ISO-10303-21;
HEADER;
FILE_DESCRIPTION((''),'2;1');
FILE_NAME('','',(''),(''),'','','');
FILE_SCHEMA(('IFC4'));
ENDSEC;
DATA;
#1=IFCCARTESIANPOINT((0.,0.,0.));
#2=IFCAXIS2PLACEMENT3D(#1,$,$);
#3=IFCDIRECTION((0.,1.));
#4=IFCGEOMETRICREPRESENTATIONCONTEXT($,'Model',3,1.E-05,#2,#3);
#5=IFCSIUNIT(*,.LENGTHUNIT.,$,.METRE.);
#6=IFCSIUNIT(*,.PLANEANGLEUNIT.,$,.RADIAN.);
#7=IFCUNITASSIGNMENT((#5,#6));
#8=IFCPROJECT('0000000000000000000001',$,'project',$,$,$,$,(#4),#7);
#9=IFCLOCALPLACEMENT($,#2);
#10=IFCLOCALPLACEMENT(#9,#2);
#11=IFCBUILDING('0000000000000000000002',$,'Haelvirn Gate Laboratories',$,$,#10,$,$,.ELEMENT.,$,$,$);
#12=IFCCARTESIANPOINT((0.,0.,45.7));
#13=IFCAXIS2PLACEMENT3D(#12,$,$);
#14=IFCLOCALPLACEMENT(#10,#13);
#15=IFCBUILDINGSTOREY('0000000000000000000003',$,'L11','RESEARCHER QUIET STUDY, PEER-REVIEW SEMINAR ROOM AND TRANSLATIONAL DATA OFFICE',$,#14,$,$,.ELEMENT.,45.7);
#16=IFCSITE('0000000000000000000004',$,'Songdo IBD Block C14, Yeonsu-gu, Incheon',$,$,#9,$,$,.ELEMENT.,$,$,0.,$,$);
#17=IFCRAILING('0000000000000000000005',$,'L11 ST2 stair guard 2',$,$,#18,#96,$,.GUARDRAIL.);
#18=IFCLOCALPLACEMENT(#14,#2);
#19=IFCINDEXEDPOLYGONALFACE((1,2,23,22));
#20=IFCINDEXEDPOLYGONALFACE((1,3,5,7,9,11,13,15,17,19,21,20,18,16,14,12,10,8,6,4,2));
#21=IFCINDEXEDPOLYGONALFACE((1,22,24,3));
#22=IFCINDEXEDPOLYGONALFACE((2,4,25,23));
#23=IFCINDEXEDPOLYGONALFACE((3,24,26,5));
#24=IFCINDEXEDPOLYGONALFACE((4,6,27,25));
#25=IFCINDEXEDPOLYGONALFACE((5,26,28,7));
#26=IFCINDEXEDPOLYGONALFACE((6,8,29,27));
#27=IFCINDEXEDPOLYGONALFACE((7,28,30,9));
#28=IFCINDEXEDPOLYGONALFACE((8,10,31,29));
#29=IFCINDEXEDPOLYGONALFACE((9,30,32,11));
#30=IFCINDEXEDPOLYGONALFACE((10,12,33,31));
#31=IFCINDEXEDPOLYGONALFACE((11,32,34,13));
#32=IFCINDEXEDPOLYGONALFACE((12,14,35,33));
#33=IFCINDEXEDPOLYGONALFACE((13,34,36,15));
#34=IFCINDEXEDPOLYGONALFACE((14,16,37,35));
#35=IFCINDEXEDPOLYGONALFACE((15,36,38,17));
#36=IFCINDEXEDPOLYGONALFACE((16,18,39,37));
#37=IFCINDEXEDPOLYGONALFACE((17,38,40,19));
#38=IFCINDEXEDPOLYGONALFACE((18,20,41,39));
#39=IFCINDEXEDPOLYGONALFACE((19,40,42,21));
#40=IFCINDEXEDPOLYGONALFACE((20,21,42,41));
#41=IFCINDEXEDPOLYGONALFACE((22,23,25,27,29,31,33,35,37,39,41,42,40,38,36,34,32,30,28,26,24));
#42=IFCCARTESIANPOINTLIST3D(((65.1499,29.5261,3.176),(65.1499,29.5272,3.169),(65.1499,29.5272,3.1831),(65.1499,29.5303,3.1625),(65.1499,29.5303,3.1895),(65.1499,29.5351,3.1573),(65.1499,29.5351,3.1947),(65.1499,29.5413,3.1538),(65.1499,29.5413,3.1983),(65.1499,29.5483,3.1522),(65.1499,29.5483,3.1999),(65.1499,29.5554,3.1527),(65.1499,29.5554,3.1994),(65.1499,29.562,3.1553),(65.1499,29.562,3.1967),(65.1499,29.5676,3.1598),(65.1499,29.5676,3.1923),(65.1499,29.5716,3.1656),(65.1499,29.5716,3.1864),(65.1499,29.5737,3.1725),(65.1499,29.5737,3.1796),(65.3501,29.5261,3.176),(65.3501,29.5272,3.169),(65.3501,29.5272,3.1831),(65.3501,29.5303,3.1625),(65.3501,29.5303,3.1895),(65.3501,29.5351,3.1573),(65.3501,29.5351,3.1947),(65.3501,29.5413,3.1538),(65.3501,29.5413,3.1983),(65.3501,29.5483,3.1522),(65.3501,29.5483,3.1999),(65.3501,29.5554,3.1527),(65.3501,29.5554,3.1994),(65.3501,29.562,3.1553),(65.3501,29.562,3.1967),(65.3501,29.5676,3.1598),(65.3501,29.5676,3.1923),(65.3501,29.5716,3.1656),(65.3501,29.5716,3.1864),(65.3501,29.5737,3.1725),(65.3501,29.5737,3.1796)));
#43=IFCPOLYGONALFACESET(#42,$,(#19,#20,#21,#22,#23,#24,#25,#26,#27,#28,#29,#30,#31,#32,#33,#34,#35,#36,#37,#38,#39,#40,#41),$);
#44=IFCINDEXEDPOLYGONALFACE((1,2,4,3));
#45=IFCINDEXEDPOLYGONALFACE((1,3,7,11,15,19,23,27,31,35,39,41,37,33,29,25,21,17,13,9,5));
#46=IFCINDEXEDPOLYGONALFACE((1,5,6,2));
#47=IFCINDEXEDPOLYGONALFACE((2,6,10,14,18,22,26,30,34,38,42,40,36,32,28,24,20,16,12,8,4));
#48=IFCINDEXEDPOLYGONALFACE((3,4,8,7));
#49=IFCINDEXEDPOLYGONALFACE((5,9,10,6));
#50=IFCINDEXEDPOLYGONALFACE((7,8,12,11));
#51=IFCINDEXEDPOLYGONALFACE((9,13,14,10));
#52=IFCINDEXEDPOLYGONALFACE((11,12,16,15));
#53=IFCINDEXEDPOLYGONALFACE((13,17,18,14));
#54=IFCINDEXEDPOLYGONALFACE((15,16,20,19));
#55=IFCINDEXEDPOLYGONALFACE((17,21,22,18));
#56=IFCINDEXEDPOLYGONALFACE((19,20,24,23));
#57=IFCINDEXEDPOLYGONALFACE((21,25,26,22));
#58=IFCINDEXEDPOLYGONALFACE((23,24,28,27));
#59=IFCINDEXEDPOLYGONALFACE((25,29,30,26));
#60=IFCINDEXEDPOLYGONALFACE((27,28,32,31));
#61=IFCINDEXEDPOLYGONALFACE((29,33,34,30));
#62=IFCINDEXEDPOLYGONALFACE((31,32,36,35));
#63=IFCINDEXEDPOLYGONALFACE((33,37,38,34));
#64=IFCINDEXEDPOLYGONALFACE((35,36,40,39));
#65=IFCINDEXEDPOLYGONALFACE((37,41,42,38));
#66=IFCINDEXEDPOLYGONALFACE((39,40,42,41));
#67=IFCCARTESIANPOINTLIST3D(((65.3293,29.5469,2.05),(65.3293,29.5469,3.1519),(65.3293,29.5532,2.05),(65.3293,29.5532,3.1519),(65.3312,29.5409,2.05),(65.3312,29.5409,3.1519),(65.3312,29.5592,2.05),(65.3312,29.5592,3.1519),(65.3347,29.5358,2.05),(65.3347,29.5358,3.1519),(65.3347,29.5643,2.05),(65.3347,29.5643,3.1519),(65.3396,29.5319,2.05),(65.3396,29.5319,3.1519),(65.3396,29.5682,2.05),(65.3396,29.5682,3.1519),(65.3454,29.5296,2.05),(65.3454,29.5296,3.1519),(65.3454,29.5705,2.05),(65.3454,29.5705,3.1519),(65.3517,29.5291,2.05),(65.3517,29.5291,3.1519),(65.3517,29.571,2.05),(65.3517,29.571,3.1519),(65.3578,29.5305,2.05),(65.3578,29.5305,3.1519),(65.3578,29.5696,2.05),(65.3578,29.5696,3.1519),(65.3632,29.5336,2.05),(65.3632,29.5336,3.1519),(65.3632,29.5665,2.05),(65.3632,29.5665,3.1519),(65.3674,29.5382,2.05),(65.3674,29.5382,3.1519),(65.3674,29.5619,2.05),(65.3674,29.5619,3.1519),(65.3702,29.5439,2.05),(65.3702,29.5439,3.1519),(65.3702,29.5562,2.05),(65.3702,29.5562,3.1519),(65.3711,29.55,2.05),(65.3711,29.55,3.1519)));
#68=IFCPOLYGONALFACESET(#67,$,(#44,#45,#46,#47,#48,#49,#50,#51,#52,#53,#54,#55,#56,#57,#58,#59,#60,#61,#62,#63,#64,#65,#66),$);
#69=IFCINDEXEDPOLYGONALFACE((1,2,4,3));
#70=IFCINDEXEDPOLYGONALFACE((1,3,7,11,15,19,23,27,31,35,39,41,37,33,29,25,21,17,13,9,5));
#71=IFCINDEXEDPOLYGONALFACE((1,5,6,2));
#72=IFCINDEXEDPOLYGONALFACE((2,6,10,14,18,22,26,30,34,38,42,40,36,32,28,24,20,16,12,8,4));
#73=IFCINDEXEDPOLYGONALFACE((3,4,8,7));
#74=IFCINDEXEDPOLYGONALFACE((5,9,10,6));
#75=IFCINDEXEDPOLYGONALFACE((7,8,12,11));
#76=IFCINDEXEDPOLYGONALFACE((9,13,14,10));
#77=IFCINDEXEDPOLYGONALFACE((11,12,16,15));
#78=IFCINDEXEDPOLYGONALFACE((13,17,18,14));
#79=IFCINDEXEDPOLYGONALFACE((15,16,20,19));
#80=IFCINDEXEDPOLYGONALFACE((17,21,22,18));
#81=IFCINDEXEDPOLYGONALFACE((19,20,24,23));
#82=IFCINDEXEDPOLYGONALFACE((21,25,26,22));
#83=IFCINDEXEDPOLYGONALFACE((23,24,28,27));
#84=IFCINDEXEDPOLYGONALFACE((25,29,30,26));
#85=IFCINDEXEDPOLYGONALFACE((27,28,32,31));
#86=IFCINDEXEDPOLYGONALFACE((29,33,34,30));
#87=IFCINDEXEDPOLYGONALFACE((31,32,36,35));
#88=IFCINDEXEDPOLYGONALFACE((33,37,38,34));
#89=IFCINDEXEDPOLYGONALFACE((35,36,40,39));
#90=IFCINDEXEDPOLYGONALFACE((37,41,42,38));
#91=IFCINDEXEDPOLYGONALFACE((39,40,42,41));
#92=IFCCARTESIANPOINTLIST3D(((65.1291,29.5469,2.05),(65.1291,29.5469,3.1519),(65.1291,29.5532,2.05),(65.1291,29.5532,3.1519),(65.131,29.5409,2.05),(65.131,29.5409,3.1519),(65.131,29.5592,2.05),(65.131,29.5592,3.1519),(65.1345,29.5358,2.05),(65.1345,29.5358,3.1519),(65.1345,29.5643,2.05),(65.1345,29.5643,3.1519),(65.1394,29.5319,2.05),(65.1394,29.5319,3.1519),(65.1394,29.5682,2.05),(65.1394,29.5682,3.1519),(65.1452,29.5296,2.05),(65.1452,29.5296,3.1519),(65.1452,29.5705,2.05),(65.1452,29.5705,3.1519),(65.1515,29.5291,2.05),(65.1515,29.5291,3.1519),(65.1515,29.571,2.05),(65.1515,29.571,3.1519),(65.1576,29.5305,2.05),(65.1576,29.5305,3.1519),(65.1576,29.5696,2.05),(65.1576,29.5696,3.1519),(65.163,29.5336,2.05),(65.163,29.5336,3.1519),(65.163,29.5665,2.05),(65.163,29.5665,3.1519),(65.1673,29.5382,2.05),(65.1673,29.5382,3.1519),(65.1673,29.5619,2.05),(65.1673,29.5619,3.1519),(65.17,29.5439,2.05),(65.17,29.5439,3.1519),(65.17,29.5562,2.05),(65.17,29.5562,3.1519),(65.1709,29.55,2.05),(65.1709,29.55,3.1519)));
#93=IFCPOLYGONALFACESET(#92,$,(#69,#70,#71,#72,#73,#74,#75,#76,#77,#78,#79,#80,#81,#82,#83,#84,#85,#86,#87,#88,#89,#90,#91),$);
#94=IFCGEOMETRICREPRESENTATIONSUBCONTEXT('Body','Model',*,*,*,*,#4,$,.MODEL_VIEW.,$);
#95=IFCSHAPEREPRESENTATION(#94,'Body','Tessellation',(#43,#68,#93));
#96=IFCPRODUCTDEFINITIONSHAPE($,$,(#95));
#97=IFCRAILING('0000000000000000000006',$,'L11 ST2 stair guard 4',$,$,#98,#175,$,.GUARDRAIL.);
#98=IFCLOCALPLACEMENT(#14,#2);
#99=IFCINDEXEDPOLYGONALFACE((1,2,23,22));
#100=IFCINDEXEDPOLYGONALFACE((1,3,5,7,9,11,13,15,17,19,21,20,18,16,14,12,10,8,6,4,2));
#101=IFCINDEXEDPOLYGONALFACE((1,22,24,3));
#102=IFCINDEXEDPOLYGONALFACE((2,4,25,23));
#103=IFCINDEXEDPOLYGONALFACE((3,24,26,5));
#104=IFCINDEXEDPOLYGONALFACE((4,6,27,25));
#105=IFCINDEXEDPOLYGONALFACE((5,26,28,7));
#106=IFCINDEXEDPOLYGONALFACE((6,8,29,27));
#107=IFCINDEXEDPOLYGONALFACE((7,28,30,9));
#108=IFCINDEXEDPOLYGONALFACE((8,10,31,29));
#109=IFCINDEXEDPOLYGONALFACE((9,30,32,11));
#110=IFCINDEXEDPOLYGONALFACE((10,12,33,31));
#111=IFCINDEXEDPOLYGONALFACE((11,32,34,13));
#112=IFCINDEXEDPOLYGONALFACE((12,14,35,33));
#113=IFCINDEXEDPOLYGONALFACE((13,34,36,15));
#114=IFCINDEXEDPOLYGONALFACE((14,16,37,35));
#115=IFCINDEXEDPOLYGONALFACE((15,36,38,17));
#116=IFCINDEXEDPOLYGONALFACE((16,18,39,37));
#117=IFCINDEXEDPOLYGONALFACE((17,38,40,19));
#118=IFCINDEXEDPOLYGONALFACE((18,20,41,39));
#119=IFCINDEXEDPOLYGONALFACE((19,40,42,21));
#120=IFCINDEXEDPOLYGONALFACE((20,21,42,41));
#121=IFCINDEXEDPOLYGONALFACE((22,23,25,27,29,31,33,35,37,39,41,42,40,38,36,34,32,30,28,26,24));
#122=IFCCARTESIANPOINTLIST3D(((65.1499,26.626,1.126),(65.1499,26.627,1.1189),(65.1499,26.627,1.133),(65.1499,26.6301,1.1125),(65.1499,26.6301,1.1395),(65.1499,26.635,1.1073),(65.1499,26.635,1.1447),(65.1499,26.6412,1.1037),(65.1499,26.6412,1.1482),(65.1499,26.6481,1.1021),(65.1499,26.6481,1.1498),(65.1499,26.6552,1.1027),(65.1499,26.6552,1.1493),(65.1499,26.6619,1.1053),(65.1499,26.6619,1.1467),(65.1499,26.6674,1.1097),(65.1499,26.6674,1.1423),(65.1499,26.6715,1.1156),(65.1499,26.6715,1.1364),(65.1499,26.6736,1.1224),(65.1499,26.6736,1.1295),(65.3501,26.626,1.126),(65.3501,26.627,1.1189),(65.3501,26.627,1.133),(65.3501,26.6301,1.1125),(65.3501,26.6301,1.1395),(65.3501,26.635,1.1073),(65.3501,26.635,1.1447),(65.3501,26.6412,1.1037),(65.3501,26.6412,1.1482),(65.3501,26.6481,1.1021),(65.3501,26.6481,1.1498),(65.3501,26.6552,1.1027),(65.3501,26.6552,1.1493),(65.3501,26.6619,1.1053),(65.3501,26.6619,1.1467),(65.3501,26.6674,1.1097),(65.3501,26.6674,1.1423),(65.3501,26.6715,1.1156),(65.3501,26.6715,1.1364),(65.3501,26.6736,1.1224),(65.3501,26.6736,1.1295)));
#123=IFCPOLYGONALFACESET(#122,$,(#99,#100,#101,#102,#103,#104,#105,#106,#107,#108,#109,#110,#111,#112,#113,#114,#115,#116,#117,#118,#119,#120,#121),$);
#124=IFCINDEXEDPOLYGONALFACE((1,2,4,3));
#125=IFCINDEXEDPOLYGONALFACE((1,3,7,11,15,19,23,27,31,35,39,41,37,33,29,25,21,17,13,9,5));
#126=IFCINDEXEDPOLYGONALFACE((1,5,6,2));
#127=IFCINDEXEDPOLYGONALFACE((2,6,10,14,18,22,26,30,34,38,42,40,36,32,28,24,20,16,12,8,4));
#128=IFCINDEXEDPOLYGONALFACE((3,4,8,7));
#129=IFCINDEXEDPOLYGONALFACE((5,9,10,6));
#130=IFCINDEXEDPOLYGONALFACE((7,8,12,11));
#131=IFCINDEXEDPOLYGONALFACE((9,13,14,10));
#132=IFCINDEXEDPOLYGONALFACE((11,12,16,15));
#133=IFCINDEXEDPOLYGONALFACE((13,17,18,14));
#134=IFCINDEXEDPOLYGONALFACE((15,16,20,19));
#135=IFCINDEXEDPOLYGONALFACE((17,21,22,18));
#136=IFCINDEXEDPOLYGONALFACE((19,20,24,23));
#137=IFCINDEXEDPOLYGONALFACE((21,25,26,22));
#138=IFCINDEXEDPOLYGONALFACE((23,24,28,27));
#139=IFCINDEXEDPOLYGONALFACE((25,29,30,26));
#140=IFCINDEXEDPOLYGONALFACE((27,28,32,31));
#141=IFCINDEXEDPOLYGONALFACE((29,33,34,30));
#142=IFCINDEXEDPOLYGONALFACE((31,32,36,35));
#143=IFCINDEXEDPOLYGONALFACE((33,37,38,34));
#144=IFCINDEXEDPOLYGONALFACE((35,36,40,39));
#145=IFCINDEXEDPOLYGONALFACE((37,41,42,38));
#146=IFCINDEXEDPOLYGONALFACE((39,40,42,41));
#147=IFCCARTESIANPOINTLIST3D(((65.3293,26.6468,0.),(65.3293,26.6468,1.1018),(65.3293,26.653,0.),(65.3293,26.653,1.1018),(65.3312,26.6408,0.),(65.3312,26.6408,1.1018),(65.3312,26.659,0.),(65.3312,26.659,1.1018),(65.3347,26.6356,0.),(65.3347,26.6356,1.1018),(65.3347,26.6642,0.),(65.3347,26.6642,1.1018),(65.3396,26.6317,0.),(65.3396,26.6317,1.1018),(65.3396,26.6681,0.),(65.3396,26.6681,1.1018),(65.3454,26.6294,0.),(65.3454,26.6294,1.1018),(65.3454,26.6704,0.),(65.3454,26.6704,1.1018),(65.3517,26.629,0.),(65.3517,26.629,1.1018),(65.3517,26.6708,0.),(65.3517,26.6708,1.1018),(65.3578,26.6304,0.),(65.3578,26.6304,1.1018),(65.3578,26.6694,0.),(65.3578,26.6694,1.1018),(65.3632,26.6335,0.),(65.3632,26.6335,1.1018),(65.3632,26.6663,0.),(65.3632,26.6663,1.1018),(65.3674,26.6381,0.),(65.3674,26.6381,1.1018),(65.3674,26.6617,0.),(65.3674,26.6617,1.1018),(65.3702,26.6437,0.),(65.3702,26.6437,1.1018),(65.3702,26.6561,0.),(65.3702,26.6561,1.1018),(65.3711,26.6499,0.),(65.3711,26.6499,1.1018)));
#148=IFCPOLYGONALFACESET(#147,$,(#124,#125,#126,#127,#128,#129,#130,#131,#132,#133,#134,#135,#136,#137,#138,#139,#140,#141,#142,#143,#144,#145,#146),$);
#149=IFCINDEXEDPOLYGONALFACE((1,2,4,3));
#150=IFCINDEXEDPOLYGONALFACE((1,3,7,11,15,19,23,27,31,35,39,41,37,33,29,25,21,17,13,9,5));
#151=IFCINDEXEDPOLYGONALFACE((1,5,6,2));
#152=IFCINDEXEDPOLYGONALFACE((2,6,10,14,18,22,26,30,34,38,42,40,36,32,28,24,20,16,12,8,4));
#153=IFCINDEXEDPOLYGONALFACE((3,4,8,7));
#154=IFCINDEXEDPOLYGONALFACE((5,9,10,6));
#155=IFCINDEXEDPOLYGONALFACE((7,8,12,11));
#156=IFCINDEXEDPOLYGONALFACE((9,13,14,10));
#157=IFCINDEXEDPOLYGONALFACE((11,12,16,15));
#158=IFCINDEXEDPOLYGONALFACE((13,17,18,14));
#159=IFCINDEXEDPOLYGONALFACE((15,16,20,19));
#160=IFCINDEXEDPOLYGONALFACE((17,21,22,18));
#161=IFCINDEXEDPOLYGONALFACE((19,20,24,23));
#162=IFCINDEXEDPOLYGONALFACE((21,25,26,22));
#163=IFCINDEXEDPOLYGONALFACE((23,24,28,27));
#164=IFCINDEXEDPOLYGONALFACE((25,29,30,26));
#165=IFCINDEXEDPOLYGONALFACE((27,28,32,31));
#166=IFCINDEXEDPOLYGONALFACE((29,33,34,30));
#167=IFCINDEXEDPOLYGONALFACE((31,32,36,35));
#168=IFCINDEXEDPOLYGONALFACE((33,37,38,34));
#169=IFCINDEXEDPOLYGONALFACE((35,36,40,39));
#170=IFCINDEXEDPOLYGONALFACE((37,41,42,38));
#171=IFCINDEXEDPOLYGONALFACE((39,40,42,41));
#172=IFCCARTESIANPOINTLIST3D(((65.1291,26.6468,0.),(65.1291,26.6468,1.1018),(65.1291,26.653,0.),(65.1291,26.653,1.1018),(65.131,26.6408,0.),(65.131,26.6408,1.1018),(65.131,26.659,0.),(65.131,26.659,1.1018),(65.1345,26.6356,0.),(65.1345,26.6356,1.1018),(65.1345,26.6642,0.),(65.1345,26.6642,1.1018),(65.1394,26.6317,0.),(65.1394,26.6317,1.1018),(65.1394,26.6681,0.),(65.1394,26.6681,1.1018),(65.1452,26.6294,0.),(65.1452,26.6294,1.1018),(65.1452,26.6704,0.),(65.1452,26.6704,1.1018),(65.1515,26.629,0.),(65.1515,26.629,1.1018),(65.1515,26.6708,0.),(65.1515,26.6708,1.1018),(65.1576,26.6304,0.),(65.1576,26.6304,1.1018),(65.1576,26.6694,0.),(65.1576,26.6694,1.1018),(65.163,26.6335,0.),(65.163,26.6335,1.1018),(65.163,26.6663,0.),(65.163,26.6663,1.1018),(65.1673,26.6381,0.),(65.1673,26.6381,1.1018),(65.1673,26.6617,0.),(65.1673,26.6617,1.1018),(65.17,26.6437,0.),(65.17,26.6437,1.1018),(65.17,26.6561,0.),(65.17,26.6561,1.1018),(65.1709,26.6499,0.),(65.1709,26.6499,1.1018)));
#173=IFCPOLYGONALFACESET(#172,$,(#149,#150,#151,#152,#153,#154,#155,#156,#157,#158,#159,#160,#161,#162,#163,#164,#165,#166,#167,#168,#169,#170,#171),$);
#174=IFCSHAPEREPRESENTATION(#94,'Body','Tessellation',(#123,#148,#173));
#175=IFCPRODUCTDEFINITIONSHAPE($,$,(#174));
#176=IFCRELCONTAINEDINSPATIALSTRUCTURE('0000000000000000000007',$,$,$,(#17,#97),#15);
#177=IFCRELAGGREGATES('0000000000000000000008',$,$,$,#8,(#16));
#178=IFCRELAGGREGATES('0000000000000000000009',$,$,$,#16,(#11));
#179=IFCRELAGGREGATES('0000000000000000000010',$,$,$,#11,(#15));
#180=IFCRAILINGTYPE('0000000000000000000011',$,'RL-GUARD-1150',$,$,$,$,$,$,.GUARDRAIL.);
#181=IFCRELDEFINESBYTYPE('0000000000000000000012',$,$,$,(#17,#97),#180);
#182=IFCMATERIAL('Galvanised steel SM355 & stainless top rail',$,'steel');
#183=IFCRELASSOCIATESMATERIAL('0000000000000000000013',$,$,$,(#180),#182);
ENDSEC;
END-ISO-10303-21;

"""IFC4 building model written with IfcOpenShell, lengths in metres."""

from ifc_helpers import new_model, si_unit, direction, frame, origin, origin_2d, place, context, subcontext, project, spatial, circle, extrude, source, transform, mapped, material, type_object, element, save


model = new_model("IFC4")

# Units and contexts
model_context = context("Model", 3, precision=1e-05, world=origin(), true_north=direction((0.0, 1.0)))
body_context = subcontext(model_context, "Body", "Model", "MODEL_VIEW")
ifc_project = project(units=[si_unit("LENGTHUNIT", "METRE"), si_unit("PLANEANGLEUNIT", "RADIAN")], contexts=[model_context])

# Site, building, storey
site_placement = place(None, origin())
site = spatial("IfcSite", under=ifc_project, at=site_placement, Name="Songdo IBD Block C14, Yeonsu-gu, Incheon", CompositionType="ELEMENT", RefElevation=0.0)
building_placement = place(site_placement, origin())
building = spatial("IfcBuilding", under=site, at=building_placement, Name="Haelvirn Gate Laboratories", CompositionType="ELEMENT")
storey_placement = place(building_placement, frame((0.0, 0.0, 45.7)))
storey = spatial("IfcBuildingStorey", under=building, at=storey_placement, Name="L11", Description="RESEARCHER QUIET STUDY, PEER-REVIEW SEMINAR ROOM AND TRANSLATIONAL DATA OFFICE", CompositionType="ELEMENT", Elevation=45.7)

# Railings
ifc_material_1 = material(Name="Galvanised steel SM355 & stainless top rail", Category="steel")
railing_type_1 = type_object("IfcRailingType", Name="RL-GUARD-1150", PredefinedType="GUARDRAIL", material=ifc_material_1)
shared_shape_1 = source(origin(), body_context, "Body", "SweptSolid", [
    extrude(circle(Radius=0.0239, at=origin_2d()), frame((0.0, 0.0, 1.126), z_axis=(-1.0, 0.0, 0.0), x_axis=(0.0, -1.0, 0.0)), (0.0, 0.0, 1.0), 0.2002),
    extrude(circle(Radius=0.021, at=origin_2d()), origin(), (0.0, 0.0, 1.0), 1.1018),
    extrude(circle(Radius=0.021, at=origin_2d()), frame((-0.2002, 0.0, 0.0)), (0.0, 0.0, 1.0), 1.1018),
])
for number, where, name in (
    (1, (65.3501, 29.55, 2.05), "L11 ST2 stair guard 2"),
    (2, (65.3501, 26.6499, 0.0), "L11 ST2 stair guard 4"),
):
    element("IfcRailing", number, at=place(storey_placement, frame(where)), inside=storey, type_object=railing_type_1, Name=name, PredefinedType="GUARDRAIL", context=body_context, shape_type="MappedRepresentation", body=[
        mapped(shared_shape_1, transform((0.0, 0.0, 0.0), scale=1.0)),
    ])

save(model, "model.ifc")
